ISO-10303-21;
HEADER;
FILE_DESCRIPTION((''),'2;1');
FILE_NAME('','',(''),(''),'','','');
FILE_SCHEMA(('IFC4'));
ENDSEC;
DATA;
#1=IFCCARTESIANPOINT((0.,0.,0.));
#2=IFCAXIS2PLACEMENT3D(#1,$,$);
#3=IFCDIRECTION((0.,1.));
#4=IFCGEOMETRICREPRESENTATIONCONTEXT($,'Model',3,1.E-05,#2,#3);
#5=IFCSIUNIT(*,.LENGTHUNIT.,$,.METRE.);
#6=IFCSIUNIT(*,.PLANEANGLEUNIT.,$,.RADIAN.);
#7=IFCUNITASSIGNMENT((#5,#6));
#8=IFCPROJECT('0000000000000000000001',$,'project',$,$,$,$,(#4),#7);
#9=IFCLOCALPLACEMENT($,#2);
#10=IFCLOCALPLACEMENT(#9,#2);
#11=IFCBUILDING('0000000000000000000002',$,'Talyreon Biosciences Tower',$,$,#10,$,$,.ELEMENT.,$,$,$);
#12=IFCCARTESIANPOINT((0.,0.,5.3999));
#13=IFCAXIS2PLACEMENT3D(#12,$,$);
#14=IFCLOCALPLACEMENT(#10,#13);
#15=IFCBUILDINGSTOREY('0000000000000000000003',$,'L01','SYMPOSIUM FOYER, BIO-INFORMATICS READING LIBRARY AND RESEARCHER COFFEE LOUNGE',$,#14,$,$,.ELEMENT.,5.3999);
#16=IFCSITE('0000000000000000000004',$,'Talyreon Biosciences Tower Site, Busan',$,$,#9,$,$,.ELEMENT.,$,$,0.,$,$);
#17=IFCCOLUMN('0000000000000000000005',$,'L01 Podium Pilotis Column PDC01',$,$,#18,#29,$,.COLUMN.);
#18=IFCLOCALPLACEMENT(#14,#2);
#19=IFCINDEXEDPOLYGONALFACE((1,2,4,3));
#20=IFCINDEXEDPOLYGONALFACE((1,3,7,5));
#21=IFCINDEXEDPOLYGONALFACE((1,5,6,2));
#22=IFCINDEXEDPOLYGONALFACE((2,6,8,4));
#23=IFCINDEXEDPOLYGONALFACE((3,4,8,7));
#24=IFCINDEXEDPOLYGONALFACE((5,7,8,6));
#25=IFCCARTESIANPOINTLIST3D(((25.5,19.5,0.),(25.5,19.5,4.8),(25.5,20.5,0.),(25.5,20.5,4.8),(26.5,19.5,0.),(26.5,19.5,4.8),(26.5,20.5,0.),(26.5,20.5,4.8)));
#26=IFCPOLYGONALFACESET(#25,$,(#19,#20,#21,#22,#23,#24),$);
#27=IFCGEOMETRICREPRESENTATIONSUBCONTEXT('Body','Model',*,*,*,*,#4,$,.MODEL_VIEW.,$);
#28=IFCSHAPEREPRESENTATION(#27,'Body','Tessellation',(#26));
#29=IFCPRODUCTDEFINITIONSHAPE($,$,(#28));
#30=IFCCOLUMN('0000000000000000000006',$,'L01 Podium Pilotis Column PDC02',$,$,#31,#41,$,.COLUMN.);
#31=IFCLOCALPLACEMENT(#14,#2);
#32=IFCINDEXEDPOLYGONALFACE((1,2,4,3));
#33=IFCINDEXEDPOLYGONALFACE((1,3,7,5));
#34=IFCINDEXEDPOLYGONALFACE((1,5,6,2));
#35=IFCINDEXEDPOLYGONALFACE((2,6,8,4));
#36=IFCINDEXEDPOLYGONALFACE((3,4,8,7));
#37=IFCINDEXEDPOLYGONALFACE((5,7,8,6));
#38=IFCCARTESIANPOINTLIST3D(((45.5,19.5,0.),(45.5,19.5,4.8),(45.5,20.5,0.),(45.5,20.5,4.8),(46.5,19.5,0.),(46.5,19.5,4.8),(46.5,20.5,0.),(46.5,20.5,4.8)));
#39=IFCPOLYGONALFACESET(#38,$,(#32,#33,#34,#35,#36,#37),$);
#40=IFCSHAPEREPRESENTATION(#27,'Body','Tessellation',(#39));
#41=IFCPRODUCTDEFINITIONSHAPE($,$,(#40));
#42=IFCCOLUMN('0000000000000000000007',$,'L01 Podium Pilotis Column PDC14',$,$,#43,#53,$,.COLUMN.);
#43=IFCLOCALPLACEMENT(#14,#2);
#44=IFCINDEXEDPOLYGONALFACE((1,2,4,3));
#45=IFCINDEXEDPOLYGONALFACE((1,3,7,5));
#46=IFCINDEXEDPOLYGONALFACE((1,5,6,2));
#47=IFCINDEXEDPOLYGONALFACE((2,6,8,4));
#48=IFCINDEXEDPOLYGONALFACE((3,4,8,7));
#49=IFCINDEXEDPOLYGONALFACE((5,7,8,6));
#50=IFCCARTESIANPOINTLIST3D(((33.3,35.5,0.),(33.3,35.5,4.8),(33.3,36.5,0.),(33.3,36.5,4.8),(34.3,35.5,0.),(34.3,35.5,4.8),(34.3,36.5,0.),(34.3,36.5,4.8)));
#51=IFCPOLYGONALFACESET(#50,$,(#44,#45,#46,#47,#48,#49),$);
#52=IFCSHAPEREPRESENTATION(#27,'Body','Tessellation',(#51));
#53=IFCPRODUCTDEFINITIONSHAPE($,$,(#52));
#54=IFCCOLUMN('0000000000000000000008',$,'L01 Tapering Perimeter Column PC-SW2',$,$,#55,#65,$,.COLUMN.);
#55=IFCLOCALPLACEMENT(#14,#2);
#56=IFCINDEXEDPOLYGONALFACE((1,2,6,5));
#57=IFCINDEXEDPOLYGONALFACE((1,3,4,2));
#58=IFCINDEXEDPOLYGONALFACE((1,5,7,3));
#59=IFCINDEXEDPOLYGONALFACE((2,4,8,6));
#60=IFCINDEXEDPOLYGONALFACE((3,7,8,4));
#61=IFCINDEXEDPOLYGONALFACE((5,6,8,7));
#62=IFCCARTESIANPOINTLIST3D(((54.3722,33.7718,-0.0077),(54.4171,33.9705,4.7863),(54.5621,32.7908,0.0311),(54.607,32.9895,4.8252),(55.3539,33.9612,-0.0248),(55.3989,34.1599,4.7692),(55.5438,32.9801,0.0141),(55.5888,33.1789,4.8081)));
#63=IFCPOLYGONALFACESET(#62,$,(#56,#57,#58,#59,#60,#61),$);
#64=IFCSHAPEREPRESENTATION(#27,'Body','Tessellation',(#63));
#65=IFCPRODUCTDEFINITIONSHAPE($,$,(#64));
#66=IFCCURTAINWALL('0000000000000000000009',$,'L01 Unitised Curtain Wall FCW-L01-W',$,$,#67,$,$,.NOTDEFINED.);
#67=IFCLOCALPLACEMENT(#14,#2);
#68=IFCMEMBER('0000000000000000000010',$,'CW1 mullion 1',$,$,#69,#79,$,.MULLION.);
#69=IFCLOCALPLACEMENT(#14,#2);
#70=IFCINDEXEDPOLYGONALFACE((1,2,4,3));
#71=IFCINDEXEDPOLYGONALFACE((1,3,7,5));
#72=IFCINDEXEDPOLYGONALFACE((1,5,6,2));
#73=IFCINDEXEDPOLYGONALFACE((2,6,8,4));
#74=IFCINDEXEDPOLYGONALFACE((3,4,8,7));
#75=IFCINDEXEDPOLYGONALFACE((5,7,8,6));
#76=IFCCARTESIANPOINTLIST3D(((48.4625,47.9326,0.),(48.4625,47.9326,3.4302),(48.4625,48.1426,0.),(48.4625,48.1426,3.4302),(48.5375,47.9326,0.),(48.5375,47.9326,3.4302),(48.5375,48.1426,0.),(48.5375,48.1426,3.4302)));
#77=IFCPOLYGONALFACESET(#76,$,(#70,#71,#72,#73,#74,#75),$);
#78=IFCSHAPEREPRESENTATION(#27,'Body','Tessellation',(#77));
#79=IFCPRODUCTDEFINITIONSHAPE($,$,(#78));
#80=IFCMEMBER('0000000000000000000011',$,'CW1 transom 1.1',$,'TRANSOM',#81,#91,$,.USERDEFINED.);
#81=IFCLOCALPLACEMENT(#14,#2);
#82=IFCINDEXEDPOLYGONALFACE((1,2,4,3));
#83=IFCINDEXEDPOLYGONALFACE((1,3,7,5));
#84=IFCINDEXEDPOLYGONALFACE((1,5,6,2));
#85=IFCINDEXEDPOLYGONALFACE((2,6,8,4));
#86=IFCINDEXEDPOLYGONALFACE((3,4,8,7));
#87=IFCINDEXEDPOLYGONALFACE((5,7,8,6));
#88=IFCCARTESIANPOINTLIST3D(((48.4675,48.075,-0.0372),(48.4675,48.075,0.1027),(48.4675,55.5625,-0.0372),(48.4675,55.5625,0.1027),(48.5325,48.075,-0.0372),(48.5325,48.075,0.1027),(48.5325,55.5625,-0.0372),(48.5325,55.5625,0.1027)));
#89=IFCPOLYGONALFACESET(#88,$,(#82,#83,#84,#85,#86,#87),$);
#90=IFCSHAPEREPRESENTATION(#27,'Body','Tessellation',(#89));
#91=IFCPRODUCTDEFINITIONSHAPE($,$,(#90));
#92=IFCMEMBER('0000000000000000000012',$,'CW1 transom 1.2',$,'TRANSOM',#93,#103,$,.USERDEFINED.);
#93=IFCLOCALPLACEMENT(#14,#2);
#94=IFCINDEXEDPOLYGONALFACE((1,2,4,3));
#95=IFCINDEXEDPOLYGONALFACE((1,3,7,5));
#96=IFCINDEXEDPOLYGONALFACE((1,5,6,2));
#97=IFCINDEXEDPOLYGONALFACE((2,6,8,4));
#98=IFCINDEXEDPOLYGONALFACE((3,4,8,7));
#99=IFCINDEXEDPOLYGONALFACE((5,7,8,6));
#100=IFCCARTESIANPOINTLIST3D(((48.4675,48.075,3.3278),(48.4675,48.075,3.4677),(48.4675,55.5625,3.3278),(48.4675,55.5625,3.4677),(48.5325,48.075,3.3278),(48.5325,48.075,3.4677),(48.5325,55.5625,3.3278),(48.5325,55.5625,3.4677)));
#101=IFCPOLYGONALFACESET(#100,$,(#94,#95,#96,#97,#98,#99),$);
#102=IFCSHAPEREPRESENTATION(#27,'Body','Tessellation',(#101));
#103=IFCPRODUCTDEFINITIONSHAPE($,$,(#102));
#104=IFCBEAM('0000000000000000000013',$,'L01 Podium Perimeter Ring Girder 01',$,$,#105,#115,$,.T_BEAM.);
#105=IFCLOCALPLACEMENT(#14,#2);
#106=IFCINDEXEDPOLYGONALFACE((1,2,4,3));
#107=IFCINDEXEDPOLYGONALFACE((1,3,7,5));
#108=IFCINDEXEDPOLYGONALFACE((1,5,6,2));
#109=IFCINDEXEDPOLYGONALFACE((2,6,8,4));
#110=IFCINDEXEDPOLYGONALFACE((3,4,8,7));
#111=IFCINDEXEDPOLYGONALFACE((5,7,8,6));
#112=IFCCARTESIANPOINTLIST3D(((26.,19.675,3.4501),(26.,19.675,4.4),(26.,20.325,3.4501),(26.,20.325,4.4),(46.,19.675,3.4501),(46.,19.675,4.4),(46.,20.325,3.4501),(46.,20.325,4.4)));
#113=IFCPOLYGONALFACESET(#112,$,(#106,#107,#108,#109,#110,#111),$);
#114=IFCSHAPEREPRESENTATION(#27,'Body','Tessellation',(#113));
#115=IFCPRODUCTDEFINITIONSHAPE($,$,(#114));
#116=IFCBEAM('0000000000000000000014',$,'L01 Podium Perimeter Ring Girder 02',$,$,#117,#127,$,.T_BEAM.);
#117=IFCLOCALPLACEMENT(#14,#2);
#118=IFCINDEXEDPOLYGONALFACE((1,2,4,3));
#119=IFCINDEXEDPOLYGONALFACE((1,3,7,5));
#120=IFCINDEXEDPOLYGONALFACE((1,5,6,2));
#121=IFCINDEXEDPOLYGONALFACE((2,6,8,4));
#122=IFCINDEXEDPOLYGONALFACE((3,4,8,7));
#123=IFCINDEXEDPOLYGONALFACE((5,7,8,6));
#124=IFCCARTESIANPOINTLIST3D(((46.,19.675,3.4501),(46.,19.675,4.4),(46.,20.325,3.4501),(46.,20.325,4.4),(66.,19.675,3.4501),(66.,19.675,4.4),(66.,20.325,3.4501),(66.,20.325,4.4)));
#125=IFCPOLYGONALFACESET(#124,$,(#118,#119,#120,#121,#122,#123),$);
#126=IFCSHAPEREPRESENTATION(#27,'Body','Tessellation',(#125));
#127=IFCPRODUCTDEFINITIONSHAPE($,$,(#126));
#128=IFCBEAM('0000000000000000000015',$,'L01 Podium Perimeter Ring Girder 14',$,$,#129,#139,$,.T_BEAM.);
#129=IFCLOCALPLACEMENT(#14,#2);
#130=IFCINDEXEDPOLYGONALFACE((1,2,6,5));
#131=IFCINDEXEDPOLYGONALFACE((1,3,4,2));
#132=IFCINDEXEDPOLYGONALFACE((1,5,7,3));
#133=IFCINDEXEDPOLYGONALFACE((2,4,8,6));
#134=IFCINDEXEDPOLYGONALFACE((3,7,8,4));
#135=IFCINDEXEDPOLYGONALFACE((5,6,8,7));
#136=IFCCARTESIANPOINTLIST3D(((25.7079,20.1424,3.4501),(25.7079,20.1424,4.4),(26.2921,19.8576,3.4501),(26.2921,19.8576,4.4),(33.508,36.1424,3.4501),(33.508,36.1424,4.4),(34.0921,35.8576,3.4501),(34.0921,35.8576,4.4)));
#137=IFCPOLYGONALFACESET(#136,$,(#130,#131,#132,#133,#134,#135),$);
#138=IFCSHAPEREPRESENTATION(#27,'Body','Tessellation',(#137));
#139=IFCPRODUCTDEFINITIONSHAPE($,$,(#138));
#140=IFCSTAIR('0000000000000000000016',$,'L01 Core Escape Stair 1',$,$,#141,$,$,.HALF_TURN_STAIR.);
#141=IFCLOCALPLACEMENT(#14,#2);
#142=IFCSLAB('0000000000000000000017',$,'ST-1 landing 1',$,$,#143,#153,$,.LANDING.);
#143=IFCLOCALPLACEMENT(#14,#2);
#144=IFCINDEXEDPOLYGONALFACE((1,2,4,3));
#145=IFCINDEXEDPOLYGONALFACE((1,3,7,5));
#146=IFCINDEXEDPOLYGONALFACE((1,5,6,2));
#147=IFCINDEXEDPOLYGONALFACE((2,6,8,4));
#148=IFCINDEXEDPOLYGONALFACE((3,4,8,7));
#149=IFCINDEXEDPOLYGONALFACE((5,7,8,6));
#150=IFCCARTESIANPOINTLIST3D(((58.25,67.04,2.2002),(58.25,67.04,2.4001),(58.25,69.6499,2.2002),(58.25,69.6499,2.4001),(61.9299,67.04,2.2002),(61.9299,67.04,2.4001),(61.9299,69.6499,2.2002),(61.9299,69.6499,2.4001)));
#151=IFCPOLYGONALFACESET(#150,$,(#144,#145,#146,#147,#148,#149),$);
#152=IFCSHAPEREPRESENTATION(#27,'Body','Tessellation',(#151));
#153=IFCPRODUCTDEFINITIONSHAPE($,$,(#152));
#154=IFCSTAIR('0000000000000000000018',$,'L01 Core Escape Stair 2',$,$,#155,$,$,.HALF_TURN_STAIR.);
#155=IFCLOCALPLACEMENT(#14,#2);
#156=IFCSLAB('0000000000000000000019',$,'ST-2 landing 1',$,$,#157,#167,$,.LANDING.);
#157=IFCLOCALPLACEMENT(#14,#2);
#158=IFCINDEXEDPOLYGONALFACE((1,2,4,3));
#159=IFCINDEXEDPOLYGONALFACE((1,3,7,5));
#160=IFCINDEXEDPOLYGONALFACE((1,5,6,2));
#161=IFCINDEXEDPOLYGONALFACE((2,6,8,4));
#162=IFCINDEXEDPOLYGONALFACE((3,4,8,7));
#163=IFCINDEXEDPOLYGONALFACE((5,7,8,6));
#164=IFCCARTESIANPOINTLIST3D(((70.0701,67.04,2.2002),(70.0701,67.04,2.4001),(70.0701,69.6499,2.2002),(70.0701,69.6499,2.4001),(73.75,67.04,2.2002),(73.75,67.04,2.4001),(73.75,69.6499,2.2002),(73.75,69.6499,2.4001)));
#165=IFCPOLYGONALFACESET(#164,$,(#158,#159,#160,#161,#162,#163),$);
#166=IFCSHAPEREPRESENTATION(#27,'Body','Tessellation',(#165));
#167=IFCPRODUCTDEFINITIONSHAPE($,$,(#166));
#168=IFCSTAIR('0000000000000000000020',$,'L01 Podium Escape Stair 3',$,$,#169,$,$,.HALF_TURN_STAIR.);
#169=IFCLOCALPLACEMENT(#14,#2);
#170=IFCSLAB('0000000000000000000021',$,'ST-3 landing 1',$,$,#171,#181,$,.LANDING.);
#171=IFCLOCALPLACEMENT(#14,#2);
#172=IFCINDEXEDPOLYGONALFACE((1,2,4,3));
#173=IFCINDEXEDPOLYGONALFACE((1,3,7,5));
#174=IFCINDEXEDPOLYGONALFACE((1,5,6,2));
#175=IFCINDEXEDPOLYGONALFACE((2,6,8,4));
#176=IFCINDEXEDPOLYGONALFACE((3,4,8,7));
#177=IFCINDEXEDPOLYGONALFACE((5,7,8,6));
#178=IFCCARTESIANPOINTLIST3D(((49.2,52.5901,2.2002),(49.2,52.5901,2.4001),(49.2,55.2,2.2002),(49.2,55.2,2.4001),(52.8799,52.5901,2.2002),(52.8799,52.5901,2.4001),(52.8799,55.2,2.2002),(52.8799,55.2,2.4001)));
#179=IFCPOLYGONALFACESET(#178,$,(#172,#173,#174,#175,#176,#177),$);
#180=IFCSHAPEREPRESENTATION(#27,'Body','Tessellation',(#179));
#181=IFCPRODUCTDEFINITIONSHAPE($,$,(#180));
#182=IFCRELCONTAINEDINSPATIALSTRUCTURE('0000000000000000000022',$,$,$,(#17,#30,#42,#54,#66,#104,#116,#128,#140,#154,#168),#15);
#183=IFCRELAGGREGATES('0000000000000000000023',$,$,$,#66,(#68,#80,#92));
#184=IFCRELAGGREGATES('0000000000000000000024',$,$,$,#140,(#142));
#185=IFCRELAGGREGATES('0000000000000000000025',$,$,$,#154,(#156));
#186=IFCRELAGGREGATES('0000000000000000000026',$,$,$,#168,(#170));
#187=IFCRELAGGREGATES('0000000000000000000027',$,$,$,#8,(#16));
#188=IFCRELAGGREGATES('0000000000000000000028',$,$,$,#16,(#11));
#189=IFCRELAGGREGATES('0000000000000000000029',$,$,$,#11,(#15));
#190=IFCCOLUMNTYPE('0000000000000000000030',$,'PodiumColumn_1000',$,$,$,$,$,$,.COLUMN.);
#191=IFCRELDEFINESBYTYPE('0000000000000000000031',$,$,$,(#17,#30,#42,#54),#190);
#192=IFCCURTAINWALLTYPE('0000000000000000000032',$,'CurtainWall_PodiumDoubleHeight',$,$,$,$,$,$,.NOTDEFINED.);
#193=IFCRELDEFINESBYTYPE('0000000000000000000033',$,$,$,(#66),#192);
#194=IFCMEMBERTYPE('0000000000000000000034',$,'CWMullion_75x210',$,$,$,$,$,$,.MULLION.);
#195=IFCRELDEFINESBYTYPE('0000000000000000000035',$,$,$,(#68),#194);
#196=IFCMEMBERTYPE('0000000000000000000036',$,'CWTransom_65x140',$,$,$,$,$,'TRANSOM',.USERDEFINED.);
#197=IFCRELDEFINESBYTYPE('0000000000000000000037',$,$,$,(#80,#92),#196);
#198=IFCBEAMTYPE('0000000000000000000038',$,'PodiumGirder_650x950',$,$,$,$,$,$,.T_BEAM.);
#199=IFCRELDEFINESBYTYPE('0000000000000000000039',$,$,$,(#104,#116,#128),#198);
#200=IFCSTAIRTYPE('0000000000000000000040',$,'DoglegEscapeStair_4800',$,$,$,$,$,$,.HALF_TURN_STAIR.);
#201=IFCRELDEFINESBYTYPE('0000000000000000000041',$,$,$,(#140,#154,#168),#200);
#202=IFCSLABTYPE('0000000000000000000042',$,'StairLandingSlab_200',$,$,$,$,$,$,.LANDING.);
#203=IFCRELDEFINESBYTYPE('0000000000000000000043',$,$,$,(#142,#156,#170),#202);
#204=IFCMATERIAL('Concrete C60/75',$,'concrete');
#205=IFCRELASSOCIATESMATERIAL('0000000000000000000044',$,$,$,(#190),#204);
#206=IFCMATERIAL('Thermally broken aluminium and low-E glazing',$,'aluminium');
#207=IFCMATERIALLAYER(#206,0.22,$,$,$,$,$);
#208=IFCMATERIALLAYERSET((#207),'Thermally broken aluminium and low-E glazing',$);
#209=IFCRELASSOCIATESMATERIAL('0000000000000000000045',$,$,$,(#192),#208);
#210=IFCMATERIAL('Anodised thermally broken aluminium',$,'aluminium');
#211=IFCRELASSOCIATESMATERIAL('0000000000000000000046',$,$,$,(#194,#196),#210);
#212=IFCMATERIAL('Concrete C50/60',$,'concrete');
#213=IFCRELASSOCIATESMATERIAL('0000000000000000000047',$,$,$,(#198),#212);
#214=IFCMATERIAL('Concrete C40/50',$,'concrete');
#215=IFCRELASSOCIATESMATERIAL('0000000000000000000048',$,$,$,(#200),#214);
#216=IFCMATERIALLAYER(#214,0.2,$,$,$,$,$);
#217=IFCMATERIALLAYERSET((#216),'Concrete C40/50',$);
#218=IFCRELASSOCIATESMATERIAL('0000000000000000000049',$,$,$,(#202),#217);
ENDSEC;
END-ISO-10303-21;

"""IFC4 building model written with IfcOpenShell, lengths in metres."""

from ifc_helpers import new_model, si_unit, direction, frame, origin, origin_2d, place, context, subcontext, project, spatial, polyline, rectangle, outline, extrude, material, layer, layer_set, material_profile, profile_set, type_object, element, aggregate, save


model = new_model("IFC4")

# Units and contexts
model_context = context("Model", 3, precision=1e-05, world=origin(), true_north=direction((0.0, 1.0)))
body_context = subcontext(model_context, "Body", "Model", "MODEL_VIEW")
ifc_project = project(units=[si_unit("LENGTHUNIT", "METRE"), si_unit("PLANEANGLEUNIT", "RADIAN")], contexts=[model_context])

# Site, building, storey
site_placement = place(None, origin())
site = spatial("IfcSite", under=ifc_project, at=site_placement, Name="Talyreon Biosciences Tower Site, Busan", CompositionType="ELEMENT", RefElevation=0.0)
building_placement = place(site_placement, origin())
building = spatial("IfcBuilding", under=site, at=building_placement, Name="Talyreon Biosciences Tower", CompositionType="ELEMENT")
storey_placement = place(building_placement, frame((0.0, 0.0, 5.3999)))
storey = spatial("IfcBuildingStorey", under=building, at=storey_placement, Name="L01", Description="SYMPOSIUM FOYER, BIO-INFORMATICS READING LIBRARY AND RESEARCHER COFFEE LOUNGE", CompositionType="ELEMENT", Elevation=5.3999)

# Columns
ifc_material_1 = material(Name="Concrete C60/75", Category="concrete")
ifc_material_profile_1 = material_profile(ifc_material_1, rectangle(XDim=1.0, YDim=1.0, at=origin_2d()), Name="RC 1000x1000")
ifc_profile_set_1 = profile_set([ifc_material_profile_1], Name="Concrete C60/75")
column_type = type_object("IfcColumnType", Name="PodiumColumn_1000", PredefinedType="COLUMN", material=ifc_profile_set_1)
for number, where, z_axis, x_axis, name in (
    (1, (26.0, 20.0, 0.0), (0.0, 0.0, 1.0), (1.0, 0.0, 0.0), "L01 Podium Pilotis Column PDC01"),
    (2, (46.0, 20.0, 0.0), (0.0, 0.0, 1.0), (1.0, 0.0, 0.0), "L01 Podium Pilotis Column PDC02"),
    (3, (33.8, 36.0, 0.0), (0.0, 0.0, 1.0), (1.0, 0.0, 0.0), "L01 Podium Pilotis Column PDC14"),
):
    element("IfcColumn", number, at=place(storey_placement, frame(where, z_axis=z_axis, x_axis=x_axis)), inside=storey, type_object=column_type, Name=name, PredefinedType="COLUMN", context=body_context, shape_type="SweptSolid", body=[
        extrude(rectangle(XDim=1.0, YDim=1.0, at=origin_2d()), origin(), (0.0, 0.0, 1.0), 4.8),
    ])
column_placement = place(storey_placement, frame((54.958, 33.376, 0.0032), z_axis=(0.009362, 0.041417, 0.999098), x_axis=(-0.189906, 0.981032, -0.038889)))
element("IfcColumn", 4, at=column_placement, inside=storey, type_object=column_type, Name="L01 Tapering Perimeter Column PC-SW2", PredefinedType="COLUMN", context=body_context, shape_type="SweptSolid", body=[
    extrude(rectangle(XDim=1.0, YDim=1.0, at=origin_2d()), origin(), (0.0, 0.0, 1.0), 4.7983),
])

# Curtain wall, members
ifc_material_2 = material(Name="Thermally broken aluminium and low-E glazing", Category="aluminium")
ifc_layer_1 = layer(ifc_material_2, 0.22)
ifc_layer_set_1 = layer_set([ifc_layer_1], Name="Thermally broken aluminium and low-E glazing")
curtain_wall_type = type_object("IfcCurtainWallType", Name="CurtainWall_PodiumDoubleHeight", PredefinedType="NOTDEFINED", material=ifc_layer_set_1)
curtain_wall_placement = place(storey_placement, origin())
curtain_wall = element("IfcCurtainWall", 5, at=curtain_wall_placement, inside=storey, type_object=curtain_wall_type, Name="L01 Unitised Curtain Wall FCW-L01-W", PredefinedType="NOTDEFINED")
ifc_material_3 = material(Name="Anodised thermally broken aluminium", Category="aluminium")
ifc_material_profile_2 = material_profile(ifc_material_3, rectangle(XDim=0.075, YDim=0.21, at=origin_2d()), Name="ALUM MULLION 75x210")
ifc_profile_set_2 = profile_set([ifc_material_profile_2], Name="Anodised thermally broken aluminium")
member_type_1 = type_object("IfcMemberType", Name="CWMullion_75x210", PredefinedType="MULLION", material=ifc_profile_set_2)
member_1_placement = place(storey_placement, frame((48.5, 48.0376, 0.0), z_axis=(0.0, 0.0, 1.0), x_axis=(-1.0, 0.0, 0.0)))
member_1 = element("IfcMember", 6, at=member_1_placement, type_object=member_type_1, Name="CW1 mullion 1", PredefinedType="MULLION", context=body_context, shape_type="SweptSolid", body=[
    extrude(rectangle(XDim=0.075, YDim=0.21, at=origin_2d()), origin(), (0.0, 0.0, 1.0), 3.4302),
])
ifc_material_profile_3 = material_profile(ifc_material_3, rectangle(XDim=0.0649, YDim=0.1399, at=origin_2d()), Name="ALUM TRANSOM 65x140")
ifc_profile_set_3 = profile_set([ifc_material_profile_3], Name="Anodised thermally broken aluminium")
member_type_2 = type_object("IfcMemberType", Name="CWTransom_65x140", ElementType="TRANSOM", PredefinedType="USERDEFINED", material=ifc_profile_set_3)
member_2_placement = place(storey_placement, frame((48.5, 48.075, 0.0327), z_axis=(0.0, 1.0, 0.0), x_axis=(-1.0, 0.0, 0.0)))
member_2 = element("IfcMember", 7, at=member_2_placement, type_object=member_type_2, Name="CW1 transom 1.1", ObjectType="TRANSOM", PredefinedType="USERDEFINED", context=body_context, shape_type="SweptSolid", body=[
    extrude(rectangle(XDim=0.0649, YDim=0.1399, at=origin_2d()), origin(), (0.0, 0.0, 1.0), 7.4875),
])
member_3_placement = place(storey_placement, frame((48.5, 48.075, 3.3977), z_axis=(0.0, 1.0, 0.0), x_axis=(-1.0, 0.0, 0.0)))
member_3 = element("IfcMember", 8, at=member_3_placement, type_object=member_type_2, Name="CW1 transom 1.2", ObjectType="TRANSOM", PredefinedType="USERDEFINED", context=body_context, shape_type="SweptSolid", body=[
    extrude(rectangle(XDim=0.0649, YDim=0.1399, at=origin_2d()), origin(), (0.0, 0.0, 1.0), 7.4875),
])
aggregate(curtain_wall, [member_1, member_2, member_3])

# Beams
ifc_material_4 = material(Name="Concrete C50/60", Category="concrete")
ifc_material_profile_4 = material_profile(ifc_material_4, rectangle(XDim=0.6499, YDim=0.95, at=origin_2d()), Name="RCB 650x950")
ifc_profile_set_4 = profile_set([ifc_material_profile_4], Name="Concrete C50/60")
beam_type = type_object("IfcBeamType", Name="PodiumGirder_650x950", PredefinedType="T_BEAM", material=ifc_profile_set_4)
for number, where, z_axis, x_axis, name in (
    (9, (26.0, 20.0, 3.925), (1.0, 0.0, 0.0), (0.0, 1.0, 0.0), "L01 Podium Perimeter Ring Girder 01"),
    (10, (46.0, 20.0, 3.925), (1.0, 0.0, 0.0), (0.0, 1.0, 0.0), "L01 Podium Perimeter Ring Girder 02"),
):
    element("IfcBeam", number, at=place(storey_placement, frame(where, z_axis=z_axis, x_axis=x_axis)), inside=storey, type_object=beam_type, Name=name, PredefinedType="T_BEAM", context=body_context, shape_type="SweptSolid", body=[
        extrude(rectangle(XDim=0.6499, YDim=0.95, at=origin_2d()), origin(), (0.0, 0.0, 1.0), 20.0),
    ])
beam_placement = place(storey_placement, frame((33.8, 36.0, 3.925), z_axis=(-0.438204, -0.898875, 0.0), x_axis=(0.898875, -0.438204, 0.0)))
element("IfcBeam", 11, at=beam_placement, inside=storey, type_object=beam_type, Name="L01 Podium Perimeter Ring Girder 14", PredefinedType="T_BEAM", context=body_context, shape_type="SweptSolid", body=[
    extrude(rectangle(XDim=0.6499, YDim=0.95, at=origin_2d()), origin(), (0.0, 0.0, 1.0), 17.8),
])

# Stairs, slabs
ifc_material_5 = material(Name="Concrete C40/50", Category="concrete")
stair_type = type_object("IfcStairType", Name="DoglegEscapeStair_4800", PredefinedType="HALF_TURN_STAIR", material=ifc_material_5)
stair_1_placement = place(storey_placement, origin())
stair_1 = element("IfcStair", 12, at=stair_1_placement, inside=storey, type_object=stair_type, Name="L01 Core Escape Stair 1", PredefinedType="HALF_TURN_STAIR")
ifc_layer_2 = layer(ifc_material_5, 0.2)
ifc_layer_set_2 = layer_set([ifc_layer_2], Name="Concrete C40/50")
slab_type_1 = type_object("IfcSlabType", Name="StairLandingSlab_200", PredefinedType="LANDING", material=ifc_layer_set_2)
slab_1_placement = place(storey_placement, frame((0.0, 0.0, 2.2002)))
slab_1 = element("IfcSlab", 13, at=slab_1_placement, type_object=slab_type_1, Name="ST-1 landing 1", PredefinedType="LANDING", context=body_context, shape_type="SweptSolid", body=[
    extrude(outline(polyline([(61.9299, 67.04), (61.9299, 69.6499), (58.25, 69.6499), (58.25, 67.04), (61.9299, 67.04)])), origin(), (0.0, 0.0, 1.0), 0.2),
])
aggregate(stair_1, [slab_1])
stair_2_placement = place(storey_placement, origin())
stair_2 = element("IfcStair", 14, at=stair_2_placement, inside=storey, type_object=stair_type, Name="L01 Core Escape Stair 2", PredefinedType="HALF_TURN_STAIR")
slab_2_placement = place(storey_placement, frame((0.0, 0.0, 2.2002)))
slab_2 = element("IfcSlab", 15, at=slab_2_placement, type_object=slab_type_1, Name="ST-2 landing 1", PredefinedType="LANDING", context=body_context, shape_type="SweptSolid", body=[
    extrude(outline(polyline([(73.75, 67.04), (73.75, 69.6499), (70.0701, 69.6499), (70.0701, 67.04), (73.75, 67.04)])), origin(), (0.0, 0.0, 1.0), 0.2),
])
aggregate(stair_2, [slab_2])
stair_3_placement = place(storey_placement, origin())
stair_3 = element("IfcStair", 16, at=stair_3_placement, inside=storey, type_object=stair_type, Name="L01 Podium Escape Stair 3", PredefinedType="HALF_TURN_STAIR")
slab_3_placement = place(storey_placement, frame((0.0, 0.0, 2.2002)))
slab_3 = element("IfcSlab", 17, at=slab_3_placement, type_object=slab_type_1, Name="ST-3 landing 1", PredefinedType="LANDING", context=body_context, shape_type="SweptSolid", body=[
    extrude(outline(polyline([(52.8799, 52.5901), (52.8799, 55.2), (49.2, 55.2), (49.2, 52.5901), (52.8799, 52.5901)])), origin(), (0.0, 0.0, 1.0), 0.2),
])

aggregate(stair_3, [slab_3])

save(model, "model.ifc")
